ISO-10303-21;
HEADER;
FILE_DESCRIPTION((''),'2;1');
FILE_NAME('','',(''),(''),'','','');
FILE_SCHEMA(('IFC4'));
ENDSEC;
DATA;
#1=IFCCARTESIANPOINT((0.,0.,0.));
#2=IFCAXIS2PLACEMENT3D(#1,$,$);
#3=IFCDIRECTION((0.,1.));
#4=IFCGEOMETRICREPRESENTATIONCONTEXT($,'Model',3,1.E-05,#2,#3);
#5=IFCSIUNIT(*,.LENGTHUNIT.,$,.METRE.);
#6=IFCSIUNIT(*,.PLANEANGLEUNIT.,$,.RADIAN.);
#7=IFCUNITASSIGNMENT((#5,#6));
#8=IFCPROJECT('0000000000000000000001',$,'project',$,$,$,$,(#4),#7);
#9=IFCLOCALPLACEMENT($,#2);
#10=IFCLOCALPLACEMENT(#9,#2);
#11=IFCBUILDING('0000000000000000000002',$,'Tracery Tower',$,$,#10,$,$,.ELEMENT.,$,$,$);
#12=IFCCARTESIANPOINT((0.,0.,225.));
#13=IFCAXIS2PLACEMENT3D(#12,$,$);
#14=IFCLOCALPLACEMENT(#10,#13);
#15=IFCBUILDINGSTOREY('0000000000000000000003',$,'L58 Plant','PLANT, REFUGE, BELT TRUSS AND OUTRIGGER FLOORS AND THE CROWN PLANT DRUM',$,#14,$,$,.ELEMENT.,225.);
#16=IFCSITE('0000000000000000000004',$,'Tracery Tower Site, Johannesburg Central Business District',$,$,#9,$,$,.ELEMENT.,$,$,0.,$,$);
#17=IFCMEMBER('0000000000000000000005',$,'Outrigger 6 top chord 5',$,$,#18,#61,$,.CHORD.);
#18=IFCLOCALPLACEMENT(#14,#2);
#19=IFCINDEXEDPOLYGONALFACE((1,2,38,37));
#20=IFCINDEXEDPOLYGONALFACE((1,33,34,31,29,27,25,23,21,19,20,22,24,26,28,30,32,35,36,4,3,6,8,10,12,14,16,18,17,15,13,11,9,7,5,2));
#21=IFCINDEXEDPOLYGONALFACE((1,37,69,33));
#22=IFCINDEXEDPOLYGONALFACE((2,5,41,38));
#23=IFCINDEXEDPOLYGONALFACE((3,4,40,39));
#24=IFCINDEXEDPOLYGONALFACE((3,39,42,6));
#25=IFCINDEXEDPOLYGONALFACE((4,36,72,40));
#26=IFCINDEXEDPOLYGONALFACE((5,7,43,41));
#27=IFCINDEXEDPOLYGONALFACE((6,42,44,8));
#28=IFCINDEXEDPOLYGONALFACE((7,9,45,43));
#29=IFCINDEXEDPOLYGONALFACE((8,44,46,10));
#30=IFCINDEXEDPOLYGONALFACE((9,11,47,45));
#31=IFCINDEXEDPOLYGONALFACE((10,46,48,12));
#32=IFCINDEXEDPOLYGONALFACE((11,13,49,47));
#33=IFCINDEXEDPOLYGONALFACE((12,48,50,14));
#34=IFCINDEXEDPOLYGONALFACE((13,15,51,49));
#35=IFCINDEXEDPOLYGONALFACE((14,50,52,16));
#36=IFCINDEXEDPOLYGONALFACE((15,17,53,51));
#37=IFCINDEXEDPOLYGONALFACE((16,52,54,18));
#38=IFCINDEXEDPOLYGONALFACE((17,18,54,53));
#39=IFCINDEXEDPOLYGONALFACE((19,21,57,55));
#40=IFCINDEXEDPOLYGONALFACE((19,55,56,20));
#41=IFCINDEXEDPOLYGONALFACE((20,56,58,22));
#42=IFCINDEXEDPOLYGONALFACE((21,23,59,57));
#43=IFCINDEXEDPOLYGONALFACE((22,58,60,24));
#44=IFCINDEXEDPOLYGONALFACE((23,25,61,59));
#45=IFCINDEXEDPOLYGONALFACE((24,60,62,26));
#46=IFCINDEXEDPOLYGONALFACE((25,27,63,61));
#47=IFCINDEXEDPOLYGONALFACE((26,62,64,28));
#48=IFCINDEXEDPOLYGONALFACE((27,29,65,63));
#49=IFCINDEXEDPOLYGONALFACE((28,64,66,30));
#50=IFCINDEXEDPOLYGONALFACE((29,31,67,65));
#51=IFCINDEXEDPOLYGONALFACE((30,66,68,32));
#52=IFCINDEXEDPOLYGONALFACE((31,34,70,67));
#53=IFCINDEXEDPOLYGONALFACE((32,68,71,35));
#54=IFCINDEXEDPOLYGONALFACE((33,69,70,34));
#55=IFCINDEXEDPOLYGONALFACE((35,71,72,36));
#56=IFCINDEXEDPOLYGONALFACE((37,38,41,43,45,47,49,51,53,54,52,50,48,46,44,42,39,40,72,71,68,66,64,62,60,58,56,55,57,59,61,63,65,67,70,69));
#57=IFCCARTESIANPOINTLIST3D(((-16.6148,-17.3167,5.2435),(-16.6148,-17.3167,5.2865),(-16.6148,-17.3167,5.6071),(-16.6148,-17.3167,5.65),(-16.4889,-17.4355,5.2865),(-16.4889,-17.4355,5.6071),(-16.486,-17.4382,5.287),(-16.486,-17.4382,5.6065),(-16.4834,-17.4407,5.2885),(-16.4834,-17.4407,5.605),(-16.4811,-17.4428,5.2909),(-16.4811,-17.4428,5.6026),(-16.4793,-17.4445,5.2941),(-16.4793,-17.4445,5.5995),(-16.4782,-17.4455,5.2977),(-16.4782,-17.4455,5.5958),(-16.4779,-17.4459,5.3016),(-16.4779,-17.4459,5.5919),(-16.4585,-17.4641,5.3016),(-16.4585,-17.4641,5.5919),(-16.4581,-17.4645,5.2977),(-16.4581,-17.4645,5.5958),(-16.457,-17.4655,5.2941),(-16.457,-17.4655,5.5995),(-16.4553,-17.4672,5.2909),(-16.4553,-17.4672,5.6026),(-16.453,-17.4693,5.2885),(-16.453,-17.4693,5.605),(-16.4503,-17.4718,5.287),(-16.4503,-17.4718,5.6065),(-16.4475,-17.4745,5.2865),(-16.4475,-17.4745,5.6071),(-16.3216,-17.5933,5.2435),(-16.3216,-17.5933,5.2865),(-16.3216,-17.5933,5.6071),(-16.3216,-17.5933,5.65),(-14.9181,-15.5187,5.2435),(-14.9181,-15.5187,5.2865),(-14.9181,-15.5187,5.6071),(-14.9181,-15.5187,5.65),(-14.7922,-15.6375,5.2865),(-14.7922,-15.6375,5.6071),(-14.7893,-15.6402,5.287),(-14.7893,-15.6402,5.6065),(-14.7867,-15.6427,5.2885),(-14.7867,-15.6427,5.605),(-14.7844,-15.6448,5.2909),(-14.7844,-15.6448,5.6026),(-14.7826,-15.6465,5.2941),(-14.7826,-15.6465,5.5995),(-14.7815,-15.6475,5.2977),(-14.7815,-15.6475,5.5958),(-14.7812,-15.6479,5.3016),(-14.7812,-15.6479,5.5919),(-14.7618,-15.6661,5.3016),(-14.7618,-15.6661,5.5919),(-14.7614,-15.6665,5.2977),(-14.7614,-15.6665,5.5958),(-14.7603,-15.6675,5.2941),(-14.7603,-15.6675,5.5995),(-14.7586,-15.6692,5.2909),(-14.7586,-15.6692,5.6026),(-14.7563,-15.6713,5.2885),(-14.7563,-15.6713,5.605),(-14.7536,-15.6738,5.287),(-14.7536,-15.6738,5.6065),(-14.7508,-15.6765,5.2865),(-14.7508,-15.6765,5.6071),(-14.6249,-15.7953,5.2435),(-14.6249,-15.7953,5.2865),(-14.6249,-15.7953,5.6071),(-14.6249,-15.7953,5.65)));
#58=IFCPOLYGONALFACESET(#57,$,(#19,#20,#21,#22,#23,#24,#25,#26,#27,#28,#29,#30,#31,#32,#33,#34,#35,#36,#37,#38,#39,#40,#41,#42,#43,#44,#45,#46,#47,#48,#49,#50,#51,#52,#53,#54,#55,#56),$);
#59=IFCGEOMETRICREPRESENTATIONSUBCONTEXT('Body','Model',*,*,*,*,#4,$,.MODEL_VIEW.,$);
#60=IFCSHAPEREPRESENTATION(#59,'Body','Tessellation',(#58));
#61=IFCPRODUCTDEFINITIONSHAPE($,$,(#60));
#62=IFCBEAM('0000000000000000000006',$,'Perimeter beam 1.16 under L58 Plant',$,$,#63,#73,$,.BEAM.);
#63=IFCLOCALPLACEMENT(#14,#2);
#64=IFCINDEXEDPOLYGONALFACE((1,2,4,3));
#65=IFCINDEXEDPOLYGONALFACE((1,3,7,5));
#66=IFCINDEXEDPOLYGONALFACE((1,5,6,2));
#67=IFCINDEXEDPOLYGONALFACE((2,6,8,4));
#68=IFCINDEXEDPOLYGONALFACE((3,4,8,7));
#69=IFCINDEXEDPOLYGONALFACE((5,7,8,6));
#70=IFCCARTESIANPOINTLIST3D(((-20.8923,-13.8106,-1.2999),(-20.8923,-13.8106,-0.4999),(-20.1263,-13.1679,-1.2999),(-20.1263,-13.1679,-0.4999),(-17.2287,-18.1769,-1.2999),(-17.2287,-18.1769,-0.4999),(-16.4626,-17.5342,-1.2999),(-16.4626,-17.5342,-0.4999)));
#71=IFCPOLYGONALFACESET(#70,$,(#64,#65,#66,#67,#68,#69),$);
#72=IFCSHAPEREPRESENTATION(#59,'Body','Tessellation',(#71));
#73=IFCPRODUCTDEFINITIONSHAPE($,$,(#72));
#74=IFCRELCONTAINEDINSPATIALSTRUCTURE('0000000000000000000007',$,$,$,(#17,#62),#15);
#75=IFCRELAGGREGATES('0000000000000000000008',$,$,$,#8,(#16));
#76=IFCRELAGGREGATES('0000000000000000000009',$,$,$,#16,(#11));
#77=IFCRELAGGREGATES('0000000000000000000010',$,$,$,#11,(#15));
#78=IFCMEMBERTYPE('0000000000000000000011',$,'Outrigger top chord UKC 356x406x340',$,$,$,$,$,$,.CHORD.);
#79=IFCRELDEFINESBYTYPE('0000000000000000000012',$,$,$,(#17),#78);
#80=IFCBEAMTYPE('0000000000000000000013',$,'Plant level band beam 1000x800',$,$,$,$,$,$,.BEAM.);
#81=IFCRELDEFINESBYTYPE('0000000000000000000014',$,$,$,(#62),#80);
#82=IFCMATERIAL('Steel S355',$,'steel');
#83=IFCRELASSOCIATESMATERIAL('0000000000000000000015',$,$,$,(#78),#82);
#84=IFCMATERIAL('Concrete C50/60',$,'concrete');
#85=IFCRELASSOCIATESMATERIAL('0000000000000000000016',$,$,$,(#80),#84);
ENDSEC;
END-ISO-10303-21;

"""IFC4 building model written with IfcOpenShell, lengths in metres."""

from ifc_helpers import new_model, si_unit, direction, frame, origin, origin_2d, place, context, subcontext, project, spatial, rectangle, i_section, extrude, material, material_profile, profile_set, type_object, element, save


model = new_model("IFC4")

# Units and contexts
model_context = context("Model", 3, precision=1e-05, world=origin(), true_north=direction((0.0, 1.0)))
body_context = subcontext(model_context, "Body", "Model", "MODEL_VIEW")
ifc_project = project(units=[si_unit("LENGTHUNIT", "METRE"), si_unit("PLANEANGLEUNIT", "RADIAN")], contexts=[model_context])

# Site, building, storey
site_placement = place(None, origin())
site = spatial("IfcSite", under=ifc_project, at=site_placement, Name="Tracery Tower Site, Johannesburg Central Business District", CompositionType="ELEMENT", RefElevation=0.0)
building_placement = place(site_placement, origin())
building = spatial("IfcBuilding", under=site, at=building_placement, Name="Tracery Tower", CompositionType="ELEMENT")
storey_placement = place(building_placement, frame((0.0, 0.0, 225.0)))
storey = spatial("IfcBuildingStorey", under=building, at=storey_placement, Name="L58 Plant", Description="PLANT, REFUGE, BELT TRUSS AND OUTRIGGER FLOORS AND THE CROWN PLANT DRUM", CompositionType="ELEMENT", Elevation=225.0)

# Member
ifc_material_1 = material(Name="Steel S355", Category="steel")
ifc_material_profile_1 = material_profile(ifc_material_1, i_section(OverallWidth=0.4031, OverallDepth=0.4065, WebThickness=0.0266, FlangeThickness=0.043, FilletRadius=0.0151, at=origin_2d()), Name="UKC 356x406x340")
ifc_profile_set_1 = profile_set([ifc_material_profile_1], Name="Steel S355")
member_type_1 = type_object("IfcMemberType", Name="Outrigger top chord UKC 356x406x340", PredefinedType="CHORD", material=ifc_profile_set_1)
member_1_placement = place(storey_placement, frame((-14.7715, -15.657, 5.4468), z_axis=(-0.686319, -0.727301, 0.0), x_axis=(0.727301, -0.686319, 0.0)))
element("IfcMember", 1, at=member_1_placement, inside=storey, type_object=member_type_1, Name="Outrigger 6 top chord 5", PredefinedType="CHORD", context=body_context, shape_type="SweptSolid", body=[
    extrude(i_section(OverallWidth=0.4031, OverallDepth=0.4065, WebThickness=0.0266, FlangeThickness=0.043, FilletRadius=0.0151, at=origin_2d()), origin(), (0.0, 0.0, 1.0), 2.4722),
])

# Beam
ifc_material_2 = material(Name="Concrete C50/60", Category="concrete")
ifc_material_profile_2 = material_profile(ifc_material_2, rectangle(XDim=1.0, YDim=0.8, at=origin_2d()), Name="RC 1000x800")
ifc_profile_set_2 = profile_set([ifc_material_profile_2], Name="Concrete C50/60")
beam_type = type_object("IfcBeamType", Name="Plant level band beam 1000x800", PredefinedType="BEAM", material=ifc_profile_set_2)
beam_placement = place(storey_placement, frame((-20.5093, -13.4893, -0.8999), z_axis=(0.642776, -0.766054, 0.0), x_axis=(0.766054, 0.642776, 0.0)))
element("IfcBeam", 2, at=beam_placement, inside=storey, type_object=beam_type, Name="Perimeter beam 1.16 under L58 Plant", PredefinedType="BEAM", context=body_context, shape_type="SweptSolid", body=[
    extrude(rectangle(XDim=1.0, YDim=0.8, at=origin_2d()), origin(), (0.0, 0.0, 1.0), 5.6997),
])

save(model, "model.ifc")
